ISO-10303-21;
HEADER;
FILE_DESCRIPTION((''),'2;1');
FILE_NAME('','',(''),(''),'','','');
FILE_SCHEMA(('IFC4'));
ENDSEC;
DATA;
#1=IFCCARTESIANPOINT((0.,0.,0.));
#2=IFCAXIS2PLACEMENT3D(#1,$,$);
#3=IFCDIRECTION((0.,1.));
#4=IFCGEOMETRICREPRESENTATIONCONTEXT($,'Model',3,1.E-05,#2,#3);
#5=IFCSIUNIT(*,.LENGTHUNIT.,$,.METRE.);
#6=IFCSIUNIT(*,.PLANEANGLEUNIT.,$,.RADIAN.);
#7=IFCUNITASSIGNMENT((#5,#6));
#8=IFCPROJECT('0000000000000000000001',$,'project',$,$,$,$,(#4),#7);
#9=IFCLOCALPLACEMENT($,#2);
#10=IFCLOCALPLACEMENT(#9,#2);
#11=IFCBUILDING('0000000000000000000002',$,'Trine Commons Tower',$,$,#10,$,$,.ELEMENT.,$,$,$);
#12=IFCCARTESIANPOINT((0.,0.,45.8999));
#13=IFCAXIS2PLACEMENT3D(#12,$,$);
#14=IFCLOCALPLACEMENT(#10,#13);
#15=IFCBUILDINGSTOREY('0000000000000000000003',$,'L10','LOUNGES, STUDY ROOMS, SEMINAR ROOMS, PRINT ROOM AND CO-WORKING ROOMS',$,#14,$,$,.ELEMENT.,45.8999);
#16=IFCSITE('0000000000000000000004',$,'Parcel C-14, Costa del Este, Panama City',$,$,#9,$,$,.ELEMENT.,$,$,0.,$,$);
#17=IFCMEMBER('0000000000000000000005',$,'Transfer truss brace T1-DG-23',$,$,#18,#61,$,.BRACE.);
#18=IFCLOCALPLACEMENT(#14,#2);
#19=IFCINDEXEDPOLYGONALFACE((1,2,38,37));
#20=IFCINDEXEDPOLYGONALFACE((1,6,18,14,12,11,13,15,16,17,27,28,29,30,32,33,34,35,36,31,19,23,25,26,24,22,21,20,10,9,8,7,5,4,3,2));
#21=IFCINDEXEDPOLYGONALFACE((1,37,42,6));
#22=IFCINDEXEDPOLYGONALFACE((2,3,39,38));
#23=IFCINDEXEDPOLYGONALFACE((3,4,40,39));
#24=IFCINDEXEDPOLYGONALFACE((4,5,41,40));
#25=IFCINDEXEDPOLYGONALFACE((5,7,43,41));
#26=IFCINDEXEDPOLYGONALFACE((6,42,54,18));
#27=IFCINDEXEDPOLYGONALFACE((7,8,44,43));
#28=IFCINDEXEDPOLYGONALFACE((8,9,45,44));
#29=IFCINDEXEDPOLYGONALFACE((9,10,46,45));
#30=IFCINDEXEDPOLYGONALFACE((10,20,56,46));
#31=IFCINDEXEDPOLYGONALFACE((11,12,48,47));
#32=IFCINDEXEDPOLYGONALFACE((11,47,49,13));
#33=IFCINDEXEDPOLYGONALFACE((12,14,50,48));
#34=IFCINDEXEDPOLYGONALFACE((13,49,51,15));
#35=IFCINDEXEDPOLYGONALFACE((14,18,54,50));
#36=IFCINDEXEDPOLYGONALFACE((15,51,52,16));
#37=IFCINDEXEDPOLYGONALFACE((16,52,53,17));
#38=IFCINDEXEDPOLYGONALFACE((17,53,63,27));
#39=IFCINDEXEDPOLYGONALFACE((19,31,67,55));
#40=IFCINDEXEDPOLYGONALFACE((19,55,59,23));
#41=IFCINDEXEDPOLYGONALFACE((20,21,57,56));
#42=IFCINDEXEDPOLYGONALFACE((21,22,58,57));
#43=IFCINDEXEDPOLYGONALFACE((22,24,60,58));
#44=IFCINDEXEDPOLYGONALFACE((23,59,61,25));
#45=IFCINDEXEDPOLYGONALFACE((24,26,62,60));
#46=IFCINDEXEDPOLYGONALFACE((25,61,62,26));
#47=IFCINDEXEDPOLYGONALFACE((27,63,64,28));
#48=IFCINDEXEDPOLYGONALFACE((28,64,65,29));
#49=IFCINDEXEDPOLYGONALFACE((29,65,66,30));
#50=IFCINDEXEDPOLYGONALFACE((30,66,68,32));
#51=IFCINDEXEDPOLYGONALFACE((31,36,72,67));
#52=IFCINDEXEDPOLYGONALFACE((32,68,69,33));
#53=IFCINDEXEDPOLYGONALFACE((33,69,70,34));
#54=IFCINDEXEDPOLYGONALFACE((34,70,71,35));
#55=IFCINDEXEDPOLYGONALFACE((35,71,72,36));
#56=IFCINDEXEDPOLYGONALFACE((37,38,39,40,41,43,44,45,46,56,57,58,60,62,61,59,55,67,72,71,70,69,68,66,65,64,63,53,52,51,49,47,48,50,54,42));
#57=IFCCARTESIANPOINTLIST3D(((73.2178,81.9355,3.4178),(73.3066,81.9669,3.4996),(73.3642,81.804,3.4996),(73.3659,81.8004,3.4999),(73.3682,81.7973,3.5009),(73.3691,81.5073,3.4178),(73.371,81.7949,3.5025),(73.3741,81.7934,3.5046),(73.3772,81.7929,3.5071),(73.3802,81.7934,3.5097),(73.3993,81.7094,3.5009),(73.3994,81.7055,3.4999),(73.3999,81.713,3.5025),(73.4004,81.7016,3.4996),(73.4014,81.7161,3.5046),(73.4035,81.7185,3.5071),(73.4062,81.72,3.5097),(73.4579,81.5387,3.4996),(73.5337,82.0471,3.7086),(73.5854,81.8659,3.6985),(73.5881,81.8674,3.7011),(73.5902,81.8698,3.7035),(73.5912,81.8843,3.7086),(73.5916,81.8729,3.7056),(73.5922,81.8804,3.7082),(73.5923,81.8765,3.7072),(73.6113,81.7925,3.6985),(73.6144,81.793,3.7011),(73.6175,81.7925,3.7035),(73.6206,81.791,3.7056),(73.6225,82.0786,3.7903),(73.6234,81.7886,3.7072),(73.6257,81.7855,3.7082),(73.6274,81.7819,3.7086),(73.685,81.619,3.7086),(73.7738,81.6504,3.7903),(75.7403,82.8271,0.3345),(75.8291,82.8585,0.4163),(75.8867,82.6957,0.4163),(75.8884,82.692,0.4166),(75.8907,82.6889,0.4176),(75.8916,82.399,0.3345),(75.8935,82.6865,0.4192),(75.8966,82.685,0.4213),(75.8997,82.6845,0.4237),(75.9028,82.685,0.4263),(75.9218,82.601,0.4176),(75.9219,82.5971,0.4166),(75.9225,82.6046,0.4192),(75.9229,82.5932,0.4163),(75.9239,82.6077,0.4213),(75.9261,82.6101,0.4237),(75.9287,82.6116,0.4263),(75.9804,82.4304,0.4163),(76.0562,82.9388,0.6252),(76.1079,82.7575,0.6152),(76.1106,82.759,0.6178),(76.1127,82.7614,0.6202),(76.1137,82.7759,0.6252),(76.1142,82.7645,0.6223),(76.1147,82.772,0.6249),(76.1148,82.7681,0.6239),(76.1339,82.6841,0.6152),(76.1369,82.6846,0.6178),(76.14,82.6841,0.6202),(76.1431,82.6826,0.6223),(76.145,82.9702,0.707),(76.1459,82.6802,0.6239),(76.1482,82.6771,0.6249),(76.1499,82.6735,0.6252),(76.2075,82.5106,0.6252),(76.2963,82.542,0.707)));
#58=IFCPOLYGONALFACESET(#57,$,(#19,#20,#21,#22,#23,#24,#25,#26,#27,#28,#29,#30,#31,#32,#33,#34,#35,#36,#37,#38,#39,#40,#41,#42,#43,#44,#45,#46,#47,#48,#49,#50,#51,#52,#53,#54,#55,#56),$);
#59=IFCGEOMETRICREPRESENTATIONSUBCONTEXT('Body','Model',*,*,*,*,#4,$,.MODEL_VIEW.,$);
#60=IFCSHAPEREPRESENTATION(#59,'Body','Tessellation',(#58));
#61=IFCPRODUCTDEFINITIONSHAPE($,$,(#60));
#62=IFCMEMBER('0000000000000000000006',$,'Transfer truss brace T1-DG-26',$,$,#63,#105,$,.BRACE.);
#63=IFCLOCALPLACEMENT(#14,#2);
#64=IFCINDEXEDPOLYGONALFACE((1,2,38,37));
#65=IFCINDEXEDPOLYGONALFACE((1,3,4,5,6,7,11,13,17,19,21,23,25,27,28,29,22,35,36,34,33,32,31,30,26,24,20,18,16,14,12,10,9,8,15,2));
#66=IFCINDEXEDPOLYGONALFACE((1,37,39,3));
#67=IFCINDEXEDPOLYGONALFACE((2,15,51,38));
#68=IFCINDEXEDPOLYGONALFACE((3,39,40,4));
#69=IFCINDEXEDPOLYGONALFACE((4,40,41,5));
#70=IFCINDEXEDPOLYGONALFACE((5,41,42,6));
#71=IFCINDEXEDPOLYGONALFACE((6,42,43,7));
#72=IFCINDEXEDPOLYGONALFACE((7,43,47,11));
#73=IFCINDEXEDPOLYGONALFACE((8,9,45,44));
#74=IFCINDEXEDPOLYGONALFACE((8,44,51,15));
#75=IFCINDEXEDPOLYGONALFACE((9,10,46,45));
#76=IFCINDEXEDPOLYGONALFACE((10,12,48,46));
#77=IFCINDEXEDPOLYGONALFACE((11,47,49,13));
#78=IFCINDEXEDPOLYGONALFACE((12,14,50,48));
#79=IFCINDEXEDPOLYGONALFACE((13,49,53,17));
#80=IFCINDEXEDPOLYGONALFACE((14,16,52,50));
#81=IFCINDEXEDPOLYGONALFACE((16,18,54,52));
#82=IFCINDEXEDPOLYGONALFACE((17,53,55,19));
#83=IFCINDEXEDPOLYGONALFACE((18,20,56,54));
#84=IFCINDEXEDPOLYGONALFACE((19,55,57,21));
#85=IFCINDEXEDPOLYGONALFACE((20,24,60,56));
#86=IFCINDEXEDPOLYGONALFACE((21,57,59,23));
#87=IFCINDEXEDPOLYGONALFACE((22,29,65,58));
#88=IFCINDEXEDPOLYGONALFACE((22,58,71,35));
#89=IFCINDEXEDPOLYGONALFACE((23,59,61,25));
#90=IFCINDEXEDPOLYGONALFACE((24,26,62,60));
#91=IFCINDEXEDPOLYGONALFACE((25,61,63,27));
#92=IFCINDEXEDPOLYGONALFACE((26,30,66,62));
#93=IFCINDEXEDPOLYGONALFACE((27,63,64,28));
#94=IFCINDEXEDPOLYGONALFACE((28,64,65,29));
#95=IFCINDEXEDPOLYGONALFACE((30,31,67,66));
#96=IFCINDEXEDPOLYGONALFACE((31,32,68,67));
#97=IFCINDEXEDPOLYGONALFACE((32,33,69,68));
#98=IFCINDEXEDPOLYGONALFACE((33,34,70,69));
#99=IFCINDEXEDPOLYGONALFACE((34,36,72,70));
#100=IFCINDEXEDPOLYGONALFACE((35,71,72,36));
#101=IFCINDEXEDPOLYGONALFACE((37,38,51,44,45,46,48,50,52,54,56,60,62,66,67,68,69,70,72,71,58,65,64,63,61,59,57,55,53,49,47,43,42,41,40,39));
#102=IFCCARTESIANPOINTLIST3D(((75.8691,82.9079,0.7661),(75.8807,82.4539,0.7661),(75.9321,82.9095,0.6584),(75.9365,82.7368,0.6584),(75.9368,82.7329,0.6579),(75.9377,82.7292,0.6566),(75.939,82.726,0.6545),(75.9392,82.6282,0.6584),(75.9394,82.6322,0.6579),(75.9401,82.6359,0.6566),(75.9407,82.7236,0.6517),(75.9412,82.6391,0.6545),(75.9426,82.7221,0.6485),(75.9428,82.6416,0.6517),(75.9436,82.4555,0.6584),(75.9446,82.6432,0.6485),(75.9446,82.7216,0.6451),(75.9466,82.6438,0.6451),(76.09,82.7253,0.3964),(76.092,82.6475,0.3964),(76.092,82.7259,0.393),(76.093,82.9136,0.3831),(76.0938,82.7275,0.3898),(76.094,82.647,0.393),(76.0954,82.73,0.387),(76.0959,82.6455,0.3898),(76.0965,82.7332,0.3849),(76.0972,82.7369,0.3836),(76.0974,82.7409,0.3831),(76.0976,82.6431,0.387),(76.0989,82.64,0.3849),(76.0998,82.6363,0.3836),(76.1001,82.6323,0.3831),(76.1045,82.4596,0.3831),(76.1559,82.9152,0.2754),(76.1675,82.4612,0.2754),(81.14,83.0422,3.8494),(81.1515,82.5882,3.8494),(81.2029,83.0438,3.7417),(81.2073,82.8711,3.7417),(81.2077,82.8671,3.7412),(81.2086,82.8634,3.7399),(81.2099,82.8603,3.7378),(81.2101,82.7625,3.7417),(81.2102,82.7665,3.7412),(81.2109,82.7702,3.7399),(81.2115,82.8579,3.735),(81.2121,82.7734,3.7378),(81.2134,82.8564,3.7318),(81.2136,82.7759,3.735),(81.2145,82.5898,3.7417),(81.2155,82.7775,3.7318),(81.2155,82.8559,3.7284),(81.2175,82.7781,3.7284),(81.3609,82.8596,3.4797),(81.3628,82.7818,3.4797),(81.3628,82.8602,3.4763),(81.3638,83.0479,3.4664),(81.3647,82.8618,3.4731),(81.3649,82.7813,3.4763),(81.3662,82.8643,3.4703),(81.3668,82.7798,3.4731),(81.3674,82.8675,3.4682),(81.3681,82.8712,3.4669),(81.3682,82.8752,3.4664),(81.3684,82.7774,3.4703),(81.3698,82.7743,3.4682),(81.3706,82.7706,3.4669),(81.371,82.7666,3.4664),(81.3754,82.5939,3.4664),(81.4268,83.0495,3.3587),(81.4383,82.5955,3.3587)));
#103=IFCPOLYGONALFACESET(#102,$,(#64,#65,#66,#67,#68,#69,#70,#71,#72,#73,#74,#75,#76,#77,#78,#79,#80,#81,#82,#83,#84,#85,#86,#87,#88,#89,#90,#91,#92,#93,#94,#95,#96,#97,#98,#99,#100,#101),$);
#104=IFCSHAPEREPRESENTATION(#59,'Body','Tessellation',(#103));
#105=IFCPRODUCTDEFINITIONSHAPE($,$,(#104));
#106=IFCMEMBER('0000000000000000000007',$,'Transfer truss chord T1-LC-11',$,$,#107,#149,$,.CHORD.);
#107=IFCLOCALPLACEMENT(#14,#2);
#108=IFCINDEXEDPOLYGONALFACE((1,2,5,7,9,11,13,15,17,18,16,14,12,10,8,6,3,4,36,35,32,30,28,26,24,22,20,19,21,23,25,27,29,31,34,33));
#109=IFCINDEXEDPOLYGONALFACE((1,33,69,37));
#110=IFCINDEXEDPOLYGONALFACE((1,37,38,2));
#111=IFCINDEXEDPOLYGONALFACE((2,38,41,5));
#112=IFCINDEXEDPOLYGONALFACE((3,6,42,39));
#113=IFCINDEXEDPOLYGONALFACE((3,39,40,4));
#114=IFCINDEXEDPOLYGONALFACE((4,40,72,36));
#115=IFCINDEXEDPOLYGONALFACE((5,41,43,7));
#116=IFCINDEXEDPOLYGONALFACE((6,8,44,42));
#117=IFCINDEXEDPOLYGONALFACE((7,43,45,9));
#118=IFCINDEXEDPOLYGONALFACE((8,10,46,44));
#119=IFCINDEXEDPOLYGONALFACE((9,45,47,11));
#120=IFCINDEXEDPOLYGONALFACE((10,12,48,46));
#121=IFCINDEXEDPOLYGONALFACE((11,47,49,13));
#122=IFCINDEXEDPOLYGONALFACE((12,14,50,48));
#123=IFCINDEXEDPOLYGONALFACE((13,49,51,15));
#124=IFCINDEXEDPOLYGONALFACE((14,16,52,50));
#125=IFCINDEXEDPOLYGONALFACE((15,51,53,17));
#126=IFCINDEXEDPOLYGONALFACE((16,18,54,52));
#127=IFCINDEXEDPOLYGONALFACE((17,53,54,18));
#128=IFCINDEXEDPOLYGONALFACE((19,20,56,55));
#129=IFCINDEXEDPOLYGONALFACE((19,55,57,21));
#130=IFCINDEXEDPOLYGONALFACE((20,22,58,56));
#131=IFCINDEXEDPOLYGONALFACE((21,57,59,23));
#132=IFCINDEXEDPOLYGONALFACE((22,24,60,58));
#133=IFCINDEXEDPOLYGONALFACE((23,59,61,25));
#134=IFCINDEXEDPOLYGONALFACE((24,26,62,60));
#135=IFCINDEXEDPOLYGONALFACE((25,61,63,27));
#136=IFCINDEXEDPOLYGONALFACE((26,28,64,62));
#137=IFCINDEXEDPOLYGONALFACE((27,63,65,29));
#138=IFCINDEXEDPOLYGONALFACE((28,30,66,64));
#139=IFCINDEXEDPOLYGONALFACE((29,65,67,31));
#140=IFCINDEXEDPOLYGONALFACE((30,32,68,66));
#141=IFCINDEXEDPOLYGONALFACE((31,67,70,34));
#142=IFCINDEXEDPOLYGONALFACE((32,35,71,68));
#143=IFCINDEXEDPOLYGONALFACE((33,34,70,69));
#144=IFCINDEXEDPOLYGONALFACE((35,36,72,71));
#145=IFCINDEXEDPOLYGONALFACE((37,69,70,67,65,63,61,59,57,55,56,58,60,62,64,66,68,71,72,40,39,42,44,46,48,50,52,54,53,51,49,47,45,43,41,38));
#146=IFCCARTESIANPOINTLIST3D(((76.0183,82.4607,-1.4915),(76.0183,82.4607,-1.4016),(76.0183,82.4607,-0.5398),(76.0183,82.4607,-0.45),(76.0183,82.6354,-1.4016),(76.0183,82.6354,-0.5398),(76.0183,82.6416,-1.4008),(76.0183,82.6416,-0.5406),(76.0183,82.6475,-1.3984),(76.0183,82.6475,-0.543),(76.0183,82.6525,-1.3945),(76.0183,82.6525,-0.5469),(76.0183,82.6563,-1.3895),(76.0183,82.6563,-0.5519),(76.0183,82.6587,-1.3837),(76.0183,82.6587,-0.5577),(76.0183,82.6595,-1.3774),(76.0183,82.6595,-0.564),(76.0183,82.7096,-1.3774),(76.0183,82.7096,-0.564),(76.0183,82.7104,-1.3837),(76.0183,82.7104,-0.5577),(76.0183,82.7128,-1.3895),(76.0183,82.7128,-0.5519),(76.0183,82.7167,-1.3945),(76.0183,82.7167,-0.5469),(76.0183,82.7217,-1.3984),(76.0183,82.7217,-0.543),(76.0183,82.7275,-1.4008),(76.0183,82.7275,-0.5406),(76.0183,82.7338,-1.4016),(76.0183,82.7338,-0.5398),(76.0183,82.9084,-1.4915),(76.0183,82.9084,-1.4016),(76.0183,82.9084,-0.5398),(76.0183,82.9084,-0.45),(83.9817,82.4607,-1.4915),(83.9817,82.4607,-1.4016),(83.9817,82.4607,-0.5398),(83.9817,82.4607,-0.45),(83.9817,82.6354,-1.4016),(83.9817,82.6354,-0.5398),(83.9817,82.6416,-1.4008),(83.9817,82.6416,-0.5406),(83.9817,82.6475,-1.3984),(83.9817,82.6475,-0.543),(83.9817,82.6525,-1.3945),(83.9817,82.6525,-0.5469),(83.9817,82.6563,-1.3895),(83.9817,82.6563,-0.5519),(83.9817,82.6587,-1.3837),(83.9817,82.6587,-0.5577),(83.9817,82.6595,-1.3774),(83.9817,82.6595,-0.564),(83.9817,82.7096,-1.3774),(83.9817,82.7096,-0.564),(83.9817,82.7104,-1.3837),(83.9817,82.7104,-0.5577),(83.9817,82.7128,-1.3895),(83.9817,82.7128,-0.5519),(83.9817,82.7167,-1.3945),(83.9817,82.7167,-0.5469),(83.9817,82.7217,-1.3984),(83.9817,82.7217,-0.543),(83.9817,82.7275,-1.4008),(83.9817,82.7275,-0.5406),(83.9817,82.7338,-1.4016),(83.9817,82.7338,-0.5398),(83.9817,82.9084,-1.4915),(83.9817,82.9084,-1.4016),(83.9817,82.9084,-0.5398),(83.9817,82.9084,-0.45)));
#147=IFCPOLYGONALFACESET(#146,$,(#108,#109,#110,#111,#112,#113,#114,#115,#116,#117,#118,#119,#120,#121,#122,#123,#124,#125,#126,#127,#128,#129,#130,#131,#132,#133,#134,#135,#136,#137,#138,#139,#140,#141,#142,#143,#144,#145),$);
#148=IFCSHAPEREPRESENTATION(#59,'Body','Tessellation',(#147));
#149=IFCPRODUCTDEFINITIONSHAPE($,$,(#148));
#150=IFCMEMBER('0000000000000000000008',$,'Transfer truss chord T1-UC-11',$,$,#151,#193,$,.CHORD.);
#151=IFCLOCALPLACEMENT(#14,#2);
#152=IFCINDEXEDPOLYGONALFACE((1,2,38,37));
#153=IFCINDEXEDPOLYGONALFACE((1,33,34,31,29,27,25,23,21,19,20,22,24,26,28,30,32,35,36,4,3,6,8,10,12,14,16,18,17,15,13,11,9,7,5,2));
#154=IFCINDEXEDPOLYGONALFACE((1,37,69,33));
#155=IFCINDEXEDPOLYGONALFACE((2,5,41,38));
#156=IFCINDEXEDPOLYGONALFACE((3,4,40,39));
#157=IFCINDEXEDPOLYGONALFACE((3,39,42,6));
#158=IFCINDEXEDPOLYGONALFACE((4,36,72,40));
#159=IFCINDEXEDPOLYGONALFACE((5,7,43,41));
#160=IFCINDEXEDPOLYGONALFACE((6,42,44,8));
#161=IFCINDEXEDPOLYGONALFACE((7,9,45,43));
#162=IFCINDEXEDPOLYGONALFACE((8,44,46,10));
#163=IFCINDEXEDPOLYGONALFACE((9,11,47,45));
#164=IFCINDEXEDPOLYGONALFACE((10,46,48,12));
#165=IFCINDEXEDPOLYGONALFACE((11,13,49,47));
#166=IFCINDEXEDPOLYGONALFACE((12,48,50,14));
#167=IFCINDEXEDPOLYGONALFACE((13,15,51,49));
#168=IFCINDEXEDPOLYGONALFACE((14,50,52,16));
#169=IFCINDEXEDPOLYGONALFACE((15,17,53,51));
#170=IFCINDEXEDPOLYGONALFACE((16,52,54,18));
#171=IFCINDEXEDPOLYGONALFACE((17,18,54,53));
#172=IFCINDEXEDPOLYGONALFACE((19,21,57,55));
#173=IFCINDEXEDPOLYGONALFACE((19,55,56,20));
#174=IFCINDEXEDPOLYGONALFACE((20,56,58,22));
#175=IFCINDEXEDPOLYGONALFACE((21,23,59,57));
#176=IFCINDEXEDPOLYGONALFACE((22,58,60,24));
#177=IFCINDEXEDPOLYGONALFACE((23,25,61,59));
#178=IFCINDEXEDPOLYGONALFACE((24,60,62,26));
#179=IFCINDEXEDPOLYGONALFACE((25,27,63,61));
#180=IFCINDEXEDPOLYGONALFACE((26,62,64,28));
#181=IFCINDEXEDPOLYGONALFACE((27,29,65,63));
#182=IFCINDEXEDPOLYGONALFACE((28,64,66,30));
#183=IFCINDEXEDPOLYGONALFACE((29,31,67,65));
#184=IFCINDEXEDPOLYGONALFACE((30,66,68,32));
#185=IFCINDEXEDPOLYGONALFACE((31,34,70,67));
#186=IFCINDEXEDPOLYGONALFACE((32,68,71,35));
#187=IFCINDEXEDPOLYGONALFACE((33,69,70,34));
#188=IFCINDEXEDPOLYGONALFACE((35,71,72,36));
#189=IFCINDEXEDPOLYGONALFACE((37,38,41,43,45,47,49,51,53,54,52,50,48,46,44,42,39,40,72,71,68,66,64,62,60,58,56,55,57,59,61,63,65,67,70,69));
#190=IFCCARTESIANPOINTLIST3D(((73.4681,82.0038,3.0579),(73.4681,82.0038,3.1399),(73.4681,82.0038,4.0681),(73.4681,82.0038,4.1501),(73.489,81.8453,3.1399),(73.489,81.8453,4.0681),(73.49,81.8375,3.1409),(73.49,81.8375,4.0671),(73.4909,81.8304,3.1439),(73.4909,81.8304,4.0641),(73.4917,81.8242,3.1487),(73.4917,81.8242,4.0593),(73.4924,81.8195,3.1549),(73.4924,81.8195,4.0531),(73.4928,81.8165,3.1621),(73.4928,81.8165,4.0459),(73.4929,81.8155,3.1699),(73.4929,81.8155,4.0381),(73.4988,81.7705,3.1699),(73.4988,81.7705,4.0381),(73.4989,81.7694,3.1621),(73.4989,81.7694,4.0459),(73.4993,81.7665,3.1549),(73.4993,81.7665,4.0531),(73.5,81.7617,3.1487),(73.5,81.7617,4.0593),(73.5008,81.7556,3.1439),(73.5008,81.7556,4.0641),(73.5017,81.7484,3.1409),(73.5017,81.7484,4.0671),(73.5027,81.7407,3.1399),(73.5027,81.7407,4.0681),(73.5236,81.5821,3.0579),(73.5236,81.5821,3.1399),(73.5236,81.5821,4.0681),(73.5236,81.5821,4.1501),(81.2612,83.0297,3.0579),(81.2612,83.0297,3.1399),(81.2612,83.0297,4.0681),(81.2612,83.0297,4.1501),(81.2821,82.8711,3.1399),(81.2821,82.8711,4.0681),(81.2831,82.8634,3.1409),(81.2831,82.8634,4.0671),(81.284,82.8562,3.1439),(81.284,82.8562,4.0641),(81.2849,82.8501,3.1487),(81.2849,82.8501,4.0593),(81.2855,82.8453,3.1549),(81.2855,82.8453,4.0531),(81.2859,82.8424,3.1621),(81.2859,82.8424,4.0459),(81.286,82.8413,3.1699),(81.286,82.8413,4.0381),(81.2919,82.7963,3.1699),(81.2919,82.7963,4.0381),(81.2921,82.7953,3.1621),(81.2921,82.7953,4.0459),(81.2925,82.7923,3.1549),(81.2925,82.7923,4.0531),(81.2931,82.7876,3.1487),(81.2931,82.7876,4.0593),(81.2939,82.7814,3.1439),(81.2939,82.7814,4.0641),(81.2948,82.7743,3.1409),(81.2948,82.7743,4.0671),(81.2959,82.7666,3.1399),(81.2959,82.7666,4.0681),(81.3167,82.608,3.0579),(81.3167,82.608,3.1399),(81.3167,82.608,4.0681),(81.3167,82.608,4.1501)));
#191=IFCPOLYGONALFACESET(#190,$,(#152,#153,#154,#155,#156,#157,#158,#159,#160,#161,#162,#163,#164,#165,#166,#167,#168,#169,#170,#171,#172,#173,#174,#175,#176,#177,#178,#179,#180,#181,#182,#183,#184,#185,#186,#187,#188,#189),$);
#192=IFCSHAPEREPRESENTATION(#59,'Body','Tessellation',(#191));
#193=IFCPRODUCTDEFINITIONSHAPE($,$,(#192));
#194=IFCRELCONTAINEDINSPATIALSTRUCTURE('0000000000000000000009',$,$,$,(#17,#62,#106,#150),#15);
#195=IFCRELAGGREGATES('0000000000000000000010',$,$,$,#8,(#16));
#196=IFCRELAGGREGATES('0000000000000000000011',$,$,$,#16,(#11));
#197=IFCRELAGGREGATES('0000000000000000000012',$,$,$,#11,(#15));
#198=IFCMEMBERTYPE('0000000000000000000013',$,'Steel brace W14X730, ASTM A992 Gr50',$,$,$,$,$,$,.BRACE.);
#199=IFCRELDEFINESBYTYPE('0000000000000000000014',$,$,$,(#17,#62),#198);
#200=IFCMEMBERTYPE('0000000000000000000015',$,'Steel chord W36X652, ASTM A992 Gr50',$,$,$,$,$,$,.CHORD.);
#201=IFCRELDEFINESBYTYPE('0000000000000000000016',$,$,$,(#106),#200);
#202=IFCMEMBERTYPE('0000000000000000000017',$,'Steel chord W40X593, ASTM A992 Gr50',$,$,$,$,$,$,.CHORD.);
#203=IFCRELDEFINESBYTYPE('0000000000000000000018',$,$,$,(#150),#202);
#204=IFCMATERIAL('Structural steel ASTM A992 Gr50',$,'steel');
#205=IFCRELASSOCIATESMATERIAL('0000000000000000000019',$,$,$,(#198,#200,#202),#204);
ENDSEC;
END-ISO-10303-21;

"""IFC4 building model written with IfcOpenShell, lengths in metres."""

from ifc_helpers import new_model, si_unit, direction, frame, origin, origin_2d, place, context, subcontext, project, spatial, i_section, extrude, material, material_profile, profile_set, type_object, element, save


model = new_model("IFC4")

# Units and contexts
model_context = context("Model", 3, precision=1e-05, world=origin(), true_north=direction((0.0, 1.0)))
body_context = subcontext(model_context, "Body", "Model", "MODEL_VIEW")
ifc_project = project(units=[si_unit("LENGTHUNIT", "METRE"), si_unit("PLANEANGLEUNIT", "RADIAN")], contexts=[model_context])

# Site, building, storey
site_placement = place(None, origin())
site = spatial("IfcSite", under=ifc_project, at=site_placement, Name="Parcel C-14, Costa del Este, Panama City", CompositionType="ELEMENT", RefElevation=0.0)
building_placement = place(site_placement, origin())
building = spatial("IfcBuilding", under=site, at=building_placement, Name="Trine Commons Tower", CompositionType="ELEMENT")
storey_placement = place(building_placement, frame((0.0, 0.0, 45.8999)))
storey = spatial("IfcBuildingStorey", under=building, at=storey_placement, Name="L10", Description="LOUNGES, STUDY ROOMS, SEMINAR ROOMS, PRINT ROOM AND CO-WORKING ROOMS", CompositionType="ELEMENT", Elevation=45.8999)

# Members
ifc_material_1 = material(Name="Structural steel ASTM A992 Gr50", Category="steel")
ifc_material_profile_1 = material_profile(ifc_material_1, i_section(OverallWidth=0.4541, OverallDepth=0.5684, WebThickness=0.0779, FlangeThickness=0.1248, FilletRadius=0.0154, at=origin_2d()), Name="W14X730")
ifc_profile_set_1 = profile_set([ifc_material_profile_1], Name="Structural steel ASTM A992 Gr50")
member_type_1 = type_object("IfcMemberType", Name="Steel brace W14X730, ASTM A992 Gr50", PredefinedType="BRACE", material=ifc_profile_set_1)
member_1_placement = place(storey_placement, frame((76.0183, 82.6846, 0.5208), z_axis=(-0.61792, -0.218413, 0.755295), x_axis=(0.333259, -0.942835, 0.0)))
element("IfcMember", 1, at=member_1_placement, inside=storey, type_object=member_type_1, Name="Transfer truss brace T1-DG-23", PredefinedType="BRACE", context=body_context, shape_type="SweptSolid", body=[
    extrude(i_section(OverallWidth=0.4541, OverallDepth=0.5684, WebThickness=0.0779, FlangeThickness=0.1248, FilletRadius=0.0154, at=origin_2d()), origin(), (0.0, 0.0, 1.0), 4.0823),
])
member_2_placement = place(storey_placement, frame((76.0183, 82.6846, 0.5208), z_axis=(0.862953, 0.021985, 0.504805), x_axis=(-0.025468, 0.999676, 0.0)))
element("IfcMember", 2, at=member_2_placement, inside=storey, type_object=member_type_1, Name="Transfer truss brace T1-DG-26", PredefinedType="BRACE", context=body_context, shape_type="SweptSolid", body=[
    extrude(i_section(OverallWidth=0.4541, OverallDepth=0.5684, WebThickness=0.0779, FlangeThickness=0.1248, FilletRadius=0.0154, at=origin_2d()), origin(), (0.0, 0.0, 1.0), 6.1079),
])
ifc_material_profile_2 = material_profile(ifc_material_1, i_section(OverallWidth=0.4478, OverallDepth=1.0415, WebThickness=0.05, FlangeThickness=0.0898, FilletRadius=0.0242, at=origin_2d()), Name="W36X652")
ifc_profile_set_2 = profile_set([ifc_material_profile_2], Name="Structural steel ASTM A992 Gr50")
member_type_2 = type_object("IfcMemberType", Name="Steel chord W36X652, ASTM A992 Gr50", PredefinedType="CHORD", material=ifc_profile_set_2)
member_3_placement = place(storey_placement, frame((76.0183, 82.6846, -0.9707), z_axis=(1.0, 0.0, 0.0), x_axis=(0.0, 1.0, 0.0)))
element("IfcMember", 3, at=member_3_placement, inside=storey, type_object=member_type_2, Name="Transfer truss chord T1-LC-11", PredefinedType="CHORD", context=body_context, shape_type="SweptSolid", body=[
    extrude(i_section(OverallWidth=0.4478, OverallDepth=1.0415, WebThickness=0.05, FlangeThickness=0.0898, FilletRadius=0.0242, at=origin_2d()), origin(), (0.0, 0.0, 1.0), 7.9634),
])
ifc_material_profile_3 = material_profile(ifc_material_1, i_section(OverallWidth=0.4253, OverallDepth=1.0923, WebThickness=0.0454, FlangeThickness=0.082, FilletRadius=0.03, at=origin_2d()), Name="W40X593")
ifc_profile_set_3 = profile_set([ifc_material_profile_3], Name="Structural steel ASTM A992 Gr50")
member_type_3 = type_object("IfcMemberType", Name="Steel chord W40X593, ASTM A992 Gr50", PredefinedType="CHORD", material=ifc_profile_set_3)
member_4_placement = place(storey_placement, frame((73.4958, 81.793, 3.604), z_axis=(0.991447, 0.130512, 0.0), x_axis=(-0.130512, 0.991447, 0.0)))
element("IfcMember", 4, at=member_4_placement, inside=storey, type_object=member_type_3, Name="Transfer truss chord T1-UC-11", PredefinedType="CHORD", context=body_context, shape_type="SweptSolid", body=[
    extrude(i_section(OverallWidth=0.4253, OverallDepth=1.0923, WebThickness=0.0454, FlangeThickness=0.082, FilletRadius=0.03, at=origin_2d()), origin(), (0.0, 0.0, 1.0), 7.8604),
])

save(model, "model.ifc")
